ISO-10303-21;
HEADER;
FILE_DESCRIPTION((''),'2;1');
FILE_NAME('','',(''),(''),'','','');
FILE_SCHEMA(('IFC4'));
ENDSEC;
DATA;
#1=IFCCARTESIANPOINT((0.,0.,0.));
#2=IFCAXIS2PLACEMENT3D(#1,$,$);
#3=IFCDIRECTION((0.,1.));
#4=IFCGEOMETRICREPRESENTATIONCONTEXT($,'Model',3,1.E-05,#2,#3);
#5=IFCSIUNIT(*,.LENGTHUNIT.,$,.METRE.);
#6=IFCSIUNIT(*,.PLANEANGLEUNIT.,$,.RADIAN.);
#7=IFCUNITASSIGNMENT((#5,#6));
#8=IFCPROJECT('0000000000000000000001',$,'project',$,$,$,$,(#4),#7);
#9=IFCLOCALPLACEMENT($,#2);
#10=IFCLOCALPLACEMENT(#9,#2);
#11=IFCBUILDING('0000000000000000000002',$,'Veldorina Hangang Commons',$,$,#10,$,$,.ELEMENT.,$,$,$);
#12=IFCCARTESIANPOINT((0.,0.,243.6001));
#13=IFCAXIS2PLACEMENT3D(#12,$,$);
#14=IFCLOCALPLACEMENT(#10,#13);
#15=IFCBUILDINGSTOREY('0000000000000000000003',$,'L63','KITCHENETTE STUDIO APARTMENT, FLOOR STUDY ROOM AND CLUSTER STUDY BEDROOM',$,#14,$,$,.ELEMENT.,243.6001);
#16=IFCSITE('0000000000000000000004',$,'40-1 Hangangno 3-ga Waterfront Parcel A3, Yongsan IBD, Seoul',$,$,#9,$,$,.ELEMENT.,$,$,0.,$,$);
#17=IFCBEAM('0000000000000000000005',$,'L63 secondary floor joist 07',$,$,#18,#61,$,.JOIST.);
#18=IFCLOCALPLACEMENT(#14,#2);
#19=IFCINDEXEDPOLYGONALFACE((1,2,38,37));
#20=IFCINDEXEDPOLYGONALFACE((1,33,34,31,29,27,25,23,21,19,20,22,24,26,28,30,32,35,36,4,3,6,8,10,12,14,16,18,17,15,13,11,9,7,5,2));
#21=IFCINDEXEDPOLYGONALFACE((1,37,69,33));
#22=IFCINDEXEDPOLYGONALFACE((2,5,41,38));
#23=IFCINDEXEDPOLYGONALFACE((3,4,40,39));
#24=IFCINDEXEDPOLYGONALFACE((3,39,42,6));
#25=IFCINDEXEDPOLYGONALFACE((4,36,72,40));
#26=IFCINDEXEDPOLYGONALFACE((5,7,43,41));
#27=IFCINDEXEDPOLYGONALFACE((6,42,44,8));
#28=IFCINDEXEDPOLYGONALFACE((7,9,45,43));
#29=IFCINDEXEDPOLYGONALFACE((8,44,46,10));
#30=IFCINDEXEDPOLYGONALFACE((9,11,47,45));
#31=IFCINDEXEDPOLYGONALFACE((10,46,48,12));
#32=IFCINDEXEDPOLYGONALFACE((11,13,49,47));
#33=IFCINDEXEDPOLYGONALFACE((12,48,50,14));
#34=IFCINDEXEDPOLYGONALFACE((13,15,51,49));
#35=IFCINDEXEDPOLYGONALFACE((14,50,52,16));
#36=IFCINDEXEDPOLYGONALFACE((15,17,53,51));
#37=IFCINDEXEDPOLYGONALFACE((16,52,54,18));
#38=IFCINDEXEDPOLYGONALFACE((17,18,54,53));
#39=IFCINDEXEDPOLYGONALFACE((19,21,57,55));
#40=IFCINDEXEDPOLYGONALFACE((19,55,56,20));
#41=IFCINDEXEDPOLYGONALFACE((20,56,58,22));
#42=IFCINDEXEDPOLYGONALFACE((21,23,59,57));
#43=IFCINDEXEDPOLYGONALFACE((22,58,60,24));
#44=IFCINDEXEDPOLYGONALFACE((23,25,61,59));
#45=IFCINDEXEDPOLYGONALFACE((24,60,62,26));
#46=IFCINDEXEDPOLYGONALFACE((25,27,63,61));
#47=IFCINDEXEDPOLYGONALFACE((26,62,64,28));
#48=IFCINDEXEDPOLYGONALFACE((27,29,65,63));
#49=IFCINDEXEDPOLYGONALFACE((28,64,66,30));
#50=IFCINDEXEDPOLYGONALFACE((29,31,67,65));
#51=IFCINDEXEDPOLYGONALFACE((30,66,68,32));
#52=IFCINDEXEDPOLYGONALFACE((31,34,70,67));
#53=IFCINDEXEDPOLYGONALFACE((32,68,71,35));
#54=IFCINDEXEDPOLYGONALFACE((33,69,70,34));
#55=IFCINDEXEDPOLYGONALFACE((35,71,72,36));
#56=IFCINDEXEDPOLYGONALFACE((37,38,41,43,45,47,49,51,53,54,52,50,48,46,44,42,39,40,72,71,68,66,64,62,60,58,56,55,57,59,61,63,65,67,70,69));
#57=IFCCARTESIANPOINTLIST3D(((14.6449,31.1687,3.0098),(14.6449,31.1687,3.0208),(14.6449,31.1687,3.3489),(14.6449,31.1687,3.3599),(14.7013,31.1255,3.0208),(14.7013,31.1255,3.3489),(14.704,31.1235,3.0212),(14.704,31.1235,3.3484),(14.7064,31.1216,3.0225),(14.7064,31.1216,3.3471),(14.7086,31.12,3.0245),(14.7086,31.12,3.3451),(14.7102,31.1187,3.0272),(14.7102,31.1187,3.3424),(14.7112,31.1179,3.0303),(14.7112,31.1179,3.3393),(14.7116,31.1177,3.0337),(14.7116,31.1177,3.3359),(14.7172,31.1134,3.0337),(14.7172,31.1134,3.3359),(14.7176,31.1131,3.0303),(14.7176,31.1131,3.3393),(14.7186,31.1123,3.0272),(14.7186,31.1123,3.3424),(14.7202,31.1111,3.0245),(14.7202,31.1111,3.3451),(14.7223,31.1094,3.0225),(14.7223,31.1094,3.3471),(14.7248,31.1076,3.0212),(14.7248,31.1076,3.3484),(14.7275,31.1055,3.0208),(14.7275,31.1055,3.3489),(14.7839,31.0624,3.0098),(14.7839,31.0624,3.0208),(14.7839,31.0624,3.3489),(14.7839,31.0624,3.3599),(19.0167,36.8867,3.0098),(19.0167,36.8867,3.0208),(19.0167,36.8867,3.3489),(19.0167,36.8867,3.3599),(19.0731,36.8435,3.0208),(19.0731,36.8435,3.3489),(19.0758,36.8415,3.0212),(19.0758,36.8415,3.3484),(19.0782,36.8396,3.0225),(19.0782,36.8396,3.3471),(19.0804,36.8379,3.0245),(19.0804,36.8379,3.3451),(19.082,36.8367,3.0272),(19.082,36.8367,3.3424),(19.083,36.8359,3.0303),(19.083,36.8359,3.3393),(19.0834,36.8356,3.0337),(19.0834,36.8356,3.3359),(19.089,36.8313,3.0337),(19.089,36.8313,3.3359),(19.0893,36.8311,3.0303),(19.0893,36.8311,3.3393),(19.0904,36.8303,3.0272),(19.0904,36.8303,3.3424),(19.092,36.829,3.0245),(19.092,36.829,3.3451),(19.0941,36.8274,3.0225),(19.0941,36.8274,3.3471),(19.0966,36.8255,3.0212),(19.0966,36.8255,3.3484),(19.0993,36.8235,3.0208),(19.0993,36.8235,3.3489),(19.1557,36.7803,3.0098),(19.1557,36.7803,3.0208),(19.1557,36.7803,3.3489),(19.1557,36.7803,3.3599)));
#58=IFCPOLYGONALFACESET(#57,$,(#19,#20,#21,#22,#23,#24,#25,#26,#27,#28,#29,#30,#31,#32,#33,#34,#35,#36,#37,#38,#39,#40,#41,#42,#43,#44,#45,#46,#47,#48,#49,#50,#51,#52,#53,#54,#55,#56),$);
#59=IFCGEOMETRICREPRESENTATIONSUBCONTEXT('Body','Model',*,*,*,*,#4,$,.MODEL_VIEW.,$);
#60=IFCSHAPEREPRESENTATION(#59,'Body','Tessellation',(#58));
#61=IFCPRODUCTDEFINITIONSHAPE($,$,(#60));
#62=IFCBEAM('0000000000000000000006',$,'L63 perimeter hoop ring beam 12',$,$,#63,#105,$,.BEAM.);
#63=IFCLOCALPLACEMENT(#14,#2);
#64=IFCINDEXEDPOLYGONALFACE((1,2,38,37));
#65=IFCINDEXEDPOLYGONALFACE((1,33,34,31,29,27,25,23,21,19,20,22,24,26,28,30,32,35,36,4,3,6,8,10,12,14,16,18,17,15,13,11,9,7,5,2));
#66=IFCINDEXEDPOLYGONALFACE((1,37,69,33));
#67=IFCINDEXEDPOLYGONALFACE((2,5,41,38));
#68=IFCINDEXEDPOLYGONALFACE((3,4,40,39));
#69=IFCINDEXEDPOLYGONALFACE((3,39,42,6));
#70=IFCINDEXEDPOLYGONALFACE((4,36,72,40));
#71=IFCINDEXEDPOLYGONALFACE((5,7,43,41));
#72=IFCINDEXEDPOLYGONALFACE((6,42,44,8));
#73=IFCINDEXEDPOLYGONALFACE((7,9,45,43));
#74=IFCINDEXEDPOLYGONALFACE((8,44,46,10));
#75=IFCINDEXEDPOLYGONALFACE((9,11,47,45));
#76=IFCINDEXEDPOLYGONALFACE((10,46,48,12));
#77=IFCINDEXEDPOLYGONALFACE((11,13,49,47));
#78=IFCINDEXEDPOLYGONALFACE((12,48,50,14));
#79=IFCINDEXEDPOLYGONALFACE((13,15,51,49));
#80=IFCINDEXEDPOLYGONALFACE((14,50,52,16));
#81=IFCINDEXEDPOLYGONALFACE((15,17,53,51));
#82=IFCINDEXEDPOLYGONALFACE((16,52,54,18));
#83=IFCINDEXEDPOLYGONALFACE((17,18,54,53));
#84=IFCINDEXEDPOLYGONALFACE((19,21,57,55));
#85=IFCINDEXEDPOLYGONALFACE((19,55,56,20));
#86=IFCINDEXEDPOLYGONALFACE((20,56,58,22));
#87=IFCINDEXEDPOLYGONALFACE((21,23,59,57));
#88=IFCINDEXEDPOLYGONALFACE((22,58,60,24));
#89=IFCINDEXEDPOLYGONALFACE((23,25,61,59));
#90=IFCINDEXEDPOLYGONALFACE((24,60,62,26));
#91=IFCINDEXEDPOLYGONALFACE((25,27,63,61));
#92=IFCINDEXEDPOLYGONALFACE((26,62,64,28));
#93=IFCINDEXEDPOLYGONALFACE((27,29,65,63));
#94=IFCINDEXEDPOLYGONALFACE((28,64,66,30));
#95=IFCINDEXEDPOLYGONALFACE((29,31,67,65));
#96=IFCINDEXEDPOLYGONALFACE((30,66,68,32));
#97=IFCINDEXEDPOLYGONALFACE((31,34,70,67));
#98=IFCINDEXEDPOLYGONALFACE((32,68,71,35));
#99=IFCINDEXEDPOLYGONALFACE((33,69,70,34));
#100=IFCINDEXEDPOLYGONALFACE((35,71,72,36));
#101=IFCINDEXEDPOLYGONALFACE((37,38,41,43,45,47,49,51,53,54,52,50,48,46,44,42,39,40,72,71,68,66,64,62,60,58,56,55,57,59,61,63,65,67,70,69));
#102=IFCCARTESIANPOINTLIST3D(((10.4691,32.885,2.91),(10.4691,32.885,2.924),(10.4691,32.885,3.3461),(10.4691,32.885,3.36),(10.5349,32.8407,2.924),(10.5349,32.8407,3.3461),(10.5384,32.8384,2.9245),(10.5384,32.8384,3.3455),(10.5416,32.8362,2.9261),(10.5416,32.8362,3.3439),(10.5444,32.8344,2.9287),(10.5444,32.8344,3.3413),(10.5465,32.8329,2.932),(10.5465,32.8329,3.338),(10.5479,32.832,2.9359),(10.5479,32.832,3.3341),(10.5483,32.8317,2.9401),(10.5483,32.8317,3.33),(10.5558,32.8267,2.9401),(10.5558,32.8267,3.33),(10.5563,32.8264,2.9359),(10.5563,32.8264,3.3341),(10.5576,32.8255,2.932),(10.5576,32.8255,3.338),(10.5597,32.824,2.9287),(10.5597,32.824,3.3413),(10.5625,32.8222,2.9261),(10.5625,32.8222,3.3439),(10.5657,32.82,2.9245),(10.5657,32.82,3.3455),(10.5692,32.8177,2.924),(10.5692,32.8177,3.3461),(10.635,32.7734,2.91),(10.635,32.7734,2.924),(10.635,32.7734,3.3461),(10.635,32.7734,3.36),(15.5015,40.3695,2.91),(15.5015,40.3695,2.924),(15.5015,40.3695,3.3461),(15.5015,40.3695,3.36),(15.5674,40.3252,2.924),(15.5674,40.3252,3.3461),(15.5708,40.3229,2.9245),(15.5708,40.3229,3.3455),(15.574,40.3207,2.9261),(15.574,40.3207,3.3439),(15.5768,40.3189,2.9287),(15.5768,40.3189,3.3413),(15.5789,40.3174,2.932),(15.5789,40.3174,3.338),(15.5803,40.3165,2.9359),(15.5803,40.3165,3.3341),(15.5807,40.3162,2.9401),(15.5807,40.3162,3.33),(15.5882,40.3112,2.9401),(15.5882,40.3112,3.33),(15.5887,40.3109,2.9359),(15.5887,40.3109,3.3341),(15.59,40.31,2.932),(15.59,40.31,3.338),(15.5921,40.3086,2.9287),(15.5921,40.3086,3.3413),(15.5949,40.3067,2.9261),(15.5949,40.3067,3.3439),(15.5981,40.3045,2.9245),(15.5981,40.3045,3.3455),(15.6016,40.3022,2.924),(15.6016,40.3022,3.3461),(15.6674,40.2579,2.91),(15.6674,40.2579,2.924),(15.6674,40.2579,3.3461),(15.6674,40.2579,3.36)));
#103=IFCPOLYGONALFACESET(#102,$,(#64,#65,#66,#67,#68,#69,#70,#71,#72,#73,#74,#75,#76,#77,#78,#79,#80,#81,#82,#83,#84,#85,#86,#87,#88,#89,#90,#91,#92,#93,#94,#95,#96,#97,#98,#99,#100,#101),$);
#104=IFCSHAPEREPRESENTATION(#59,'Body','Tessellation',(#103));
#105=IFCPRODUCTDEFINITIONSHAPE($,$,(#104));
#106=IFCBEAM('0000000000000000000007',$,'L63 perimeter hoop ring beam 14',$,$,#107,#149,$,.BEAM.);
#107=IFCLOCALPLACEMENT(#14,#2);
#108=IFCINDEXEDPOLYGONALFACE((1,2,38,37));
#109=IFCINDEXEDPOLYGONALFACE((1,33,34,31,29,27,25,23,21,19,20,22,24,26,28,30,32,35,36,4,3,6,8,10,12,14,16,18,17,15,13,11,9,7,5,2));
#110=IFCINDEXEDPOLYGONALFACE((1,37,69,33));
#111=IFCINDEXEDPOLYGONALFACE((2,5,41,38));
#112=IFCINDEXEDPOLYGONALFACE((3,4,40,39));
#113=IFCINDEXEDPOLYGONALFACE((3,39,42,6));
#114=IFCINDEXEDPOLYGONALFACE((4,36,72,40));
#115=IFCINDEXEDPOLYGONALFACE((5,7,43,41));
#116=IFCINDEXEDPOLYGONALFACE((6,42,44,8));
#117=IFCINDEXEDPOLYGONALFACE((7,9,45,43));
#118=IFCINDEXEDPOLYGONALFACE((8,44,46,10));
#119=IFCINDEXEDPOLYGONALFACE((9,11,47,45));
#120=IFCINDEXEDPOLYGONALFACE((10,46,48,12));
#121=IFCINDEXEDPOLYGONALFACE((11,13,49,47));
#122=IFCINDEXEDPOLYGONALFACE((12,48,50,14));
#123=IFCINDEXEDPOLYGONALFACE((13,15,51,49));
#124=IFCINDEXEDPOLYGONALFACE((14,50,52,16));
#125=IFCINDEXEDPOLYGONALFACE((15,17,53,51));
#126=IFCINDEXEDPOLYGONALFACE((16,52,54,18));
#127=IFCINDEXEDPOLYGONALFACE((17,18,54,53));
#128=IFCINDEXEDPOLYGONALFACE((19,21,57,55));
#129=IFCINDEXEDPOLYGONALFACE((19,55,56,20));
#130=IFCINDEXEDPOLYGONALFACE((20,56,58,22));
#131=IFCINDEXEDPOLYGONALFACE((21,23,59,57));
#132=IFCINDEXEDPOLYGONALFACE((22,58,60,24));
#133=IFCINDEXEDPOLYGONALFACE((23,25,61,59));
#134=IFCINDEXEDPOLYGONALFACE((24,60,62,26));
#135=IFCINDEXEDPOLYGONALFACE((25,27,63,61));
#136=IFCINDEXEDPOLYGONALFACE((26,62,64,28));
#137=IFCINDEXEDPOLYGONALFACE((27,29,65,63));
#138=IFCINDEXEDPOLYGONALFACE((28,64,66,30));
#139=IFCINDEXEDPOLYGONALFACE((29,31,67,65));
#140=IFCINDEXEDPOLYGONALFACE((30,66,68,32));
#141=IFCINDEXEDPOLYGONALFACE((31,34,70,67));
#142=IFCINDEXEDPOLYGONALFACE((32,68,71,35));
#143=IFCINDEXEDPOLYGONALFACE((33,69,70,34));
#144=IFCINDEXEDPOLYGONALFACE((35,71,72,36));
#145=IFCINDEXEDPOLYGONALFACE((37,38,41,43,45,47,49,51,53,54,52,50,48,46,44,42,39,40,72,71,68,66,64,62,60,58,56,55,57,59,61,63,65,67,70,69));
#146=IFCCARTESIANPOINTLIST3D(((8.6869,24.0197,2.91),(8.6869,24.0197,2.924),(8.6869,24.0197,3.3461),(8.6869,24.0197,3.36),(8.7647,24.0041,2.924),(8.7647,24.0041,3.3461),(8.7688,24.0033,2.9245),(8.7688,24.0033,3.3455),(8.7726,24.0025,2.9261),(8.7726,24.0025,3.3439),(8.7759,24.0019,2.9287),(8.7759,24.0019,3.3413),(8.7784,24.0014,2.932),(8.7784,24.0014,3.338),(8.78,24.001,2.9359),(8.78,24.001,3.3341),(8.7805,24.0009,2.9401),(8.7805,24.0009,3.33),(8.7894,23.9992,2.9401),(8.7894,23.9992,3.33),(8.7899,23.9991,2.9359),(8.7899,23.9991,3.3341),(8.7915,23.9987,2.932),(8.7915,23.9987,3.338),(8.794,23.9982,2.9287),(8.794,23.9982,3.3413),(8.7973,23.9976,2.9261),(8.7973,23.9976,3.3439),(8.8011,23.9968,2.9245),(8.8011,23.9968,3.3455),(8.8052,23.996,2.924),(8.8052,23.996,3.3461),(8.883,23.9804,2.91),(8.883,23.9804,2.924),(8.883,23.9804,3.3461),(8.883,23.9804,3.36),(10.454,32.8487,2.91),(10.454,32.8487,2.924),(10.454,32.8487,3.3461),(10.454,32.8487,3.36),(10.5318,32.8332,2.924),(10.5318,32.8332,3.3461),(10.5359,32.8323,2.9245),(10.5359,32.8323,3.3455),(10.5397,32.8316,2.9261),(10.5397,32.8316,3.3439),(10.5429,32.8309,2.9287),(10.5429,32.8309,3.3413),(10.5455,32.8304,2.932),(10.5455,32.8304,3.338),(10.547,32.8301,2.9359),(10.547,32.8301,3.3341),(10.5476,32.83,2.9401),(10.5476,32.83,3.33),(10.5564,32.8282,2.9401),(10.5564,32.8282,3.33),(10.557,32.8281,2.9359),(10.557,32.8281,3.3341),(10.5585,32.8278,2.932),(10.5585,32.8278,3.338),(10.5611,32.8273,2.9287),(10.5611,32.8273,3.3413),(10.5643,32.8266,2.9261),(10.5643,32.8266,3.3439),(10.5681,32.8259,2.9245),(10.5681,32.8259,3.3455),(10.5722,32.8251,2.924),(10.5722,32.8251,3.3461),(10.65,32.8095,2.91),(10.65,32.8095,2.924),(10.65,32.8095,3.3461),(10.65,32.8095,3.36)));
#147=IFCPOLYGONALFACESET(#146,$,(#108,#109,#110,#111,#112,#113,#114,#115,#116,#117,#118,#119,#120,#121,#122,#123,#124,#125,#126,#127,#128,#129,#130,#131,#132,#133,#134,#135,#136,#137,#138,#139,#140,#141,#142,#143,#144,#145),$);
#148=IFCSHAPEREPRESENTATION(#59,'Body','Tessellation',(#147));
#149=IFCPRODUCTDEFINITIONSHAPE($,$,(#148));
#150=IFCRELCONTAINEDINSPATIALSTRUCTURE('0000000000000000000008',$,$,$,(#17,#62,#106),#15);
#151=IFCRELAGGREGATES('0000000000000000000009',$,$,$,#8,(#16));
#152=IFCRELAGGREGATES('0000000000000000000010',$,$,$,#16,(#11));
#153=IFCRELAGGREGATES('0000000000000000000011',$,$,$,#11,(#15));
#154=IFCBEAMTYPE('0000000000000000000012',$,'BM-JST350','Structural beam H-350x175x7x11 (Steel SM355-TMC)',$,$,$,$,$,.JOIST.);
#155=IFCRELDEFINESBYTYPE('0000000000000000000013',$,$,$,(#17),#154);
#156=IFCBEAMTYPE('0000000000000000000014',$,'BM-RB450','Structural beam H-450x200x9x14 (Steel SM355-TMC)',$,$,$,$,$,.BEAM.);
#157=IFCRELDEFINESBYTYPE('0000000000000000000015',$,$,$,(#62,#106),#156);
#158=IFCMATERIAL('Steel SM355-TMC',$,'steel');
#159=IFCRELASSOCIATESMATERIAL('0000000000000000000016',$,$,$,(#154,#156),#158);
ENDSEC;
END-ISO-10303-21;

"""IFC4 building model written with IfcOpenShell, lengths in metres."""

from ifc_helpers import new_model, si_unit, direction, frame, origin, origin_2d, place, context, subcontext, project, spatial, i_section, extrude, material, material_profile, profile_set, type_object, element, save


model = new_model("IFC4")

# Units and contexts
model_context = context("Model", 3, precision=1e-05, world=origin(), true_north=direction((0.0, 1.0)))
body_context = subcontext(model_context, "Body", "Model", "MODEL_VIEW")
ifc_project = project(units=[si_unit("LENGTHUNIT", "METRE"), si_unit("PLANEANGLEUNIT", "RADIAN")], contexts=[model_context])

# Site, building, storey
site_placement = place(None, origin())
site = spatial("IfcSite", under=ifc_project, at=site_placement, Name="40-1 Hangangno 3-ga Waterfront Parcel A3, Yongsan IBD, Seoul", CompositionType="ELEMENT", RefElevation=0.0)
building_placement = place(site_placement, origin())
building = spatial("IfcBuilding", under=site, at=building_placement, Name="Veldorina Hangang Commons", CompositionType="ELEMENT")
storey_placement = place(building_placement, frame((0.0, 0.0, 243.6001)))
storey = spatial("IfcBuildingStorey", under=building, at=storey_placement, Name="L63", Description="KITCHENETTE STUDIO APARTMENT, FLOOR STUDY ROOM AND CLUSTER STUDY BEDROOM", CompositionType="ELEMENT", Elevation=243.6001)

# Beams
ifc_material_1 = material(Name="Steel SM355-TMC", Category="steel")
ifc_material_profile_1 = material_profile(ifc_material_1, i_section(OverallWidth=0.175, OverallDepth=0.3501, WebThickness=0.0071, FlangeThickness=0.011, FilletRadius=0.0129, at=origin_2d()), Name="H-350x175x7x11")
ifc_profile_set_1 = profile_set([ifc_material_profile_1], Name="Steel SM355-TMC")
beam_type_1 = type_object("IfcBeamType", Name="BM-JST350", Description="Structural beam H-350x175x7x11 (Steel SM355-TMC)", PredefinedType="JOIST", material=ifc_profile_set_1)
beam_1_placement = place(storey_placement, frame((19.0862, 36.8335, 3.1848), z_axis=(-0.607382, -0.79441, 0.0), x_axis=(0.79441, -0.607382, 0.0)))
element("IfcBeam", 1, at=beam_1_placement, inside=storey, type_object=beam_type_1, Name="L63 secondary floor joist 07", PredefinedType="JOIST", context=body_context, shape_type="SweptSolid", body=[
    extrude(i_section(OverallWidth=0.175, OverallDepth=0.3501, WebThickness=0.0071, FlangeThickness=0.011, FilletRadius=0.0129, at=origin_2d()), origin(), (0.0, 0.0, 1.0), 7.1978),
])
ifc_material_profile_2 = material_profile(ifc_material_1, i_section(OverallWidth=0.2, OverallDepth=0.45, WebThickness=0.009, FlangeThickness=0.0139, FilletRadius=0.0161, at=origin_2d()), Name="H-450x200x9x14")
ifc_profile_set_2 = profile_set([ifc_material_profile_2], Name="Steel SM355-TMC")
beam_type_2 = type_object("IfcBeamType", Name="BM-RB450", Description="Structural beam H-450x200x9x14 (Steel SM355-TMC)", PredefinedType="BEAM", material=ifc_profile_set_2)
beam_2_placement = place(storey_placement, frame((15.5845, 40.3137, 3.135), z_axis=(-0.557975, -0.829857, 0.0), x_axis=(0.829857, -0.557975, 0.0)))
element("IfcBeam", 2, at=beam_2_placement, inside=storey, type_object=beam_type_2, Name="L63 perimeter hoop ring beam 12", PredefinedType="BEAM", context=body_context, shape_type="SweptSolid", body=[
    extrude(i_section(OverallWidth=0.2, OverallDepth=0.45, WebThickness=0.009, FlangeThickness=0.0139, FilletRadius=0.0161, at=origin_2d()), origin(), (0.0, 0.0, 1.0), 9.019),
])
beam_3_placement = place(storey_placement, frame((10.552, 32.8291, 3.135), z_axis=(-0.196252, -0.980554, 0.0), x_axis=(0.980554, -0.196252, 0.0)))
element("IfcBeam", 3, at=beam_3_placement, inside=storey, type_object=beam_type_2, Name="L63 perimeter hoop ring beam 14", PredefinedType="BEAM", context=body_context, shape_type="SweptSolid", body=[
    extrude(i_section(OverallWidth=0.2, OverallDepth=0.45, WebThickness=0.009, FlangeThickness=0.0139, FilletRadius=0.0161, at=origin_2d()), origin(), (0.0, 0.0, 1.0), 9.0042),
])

save(model, "model.ifc")
